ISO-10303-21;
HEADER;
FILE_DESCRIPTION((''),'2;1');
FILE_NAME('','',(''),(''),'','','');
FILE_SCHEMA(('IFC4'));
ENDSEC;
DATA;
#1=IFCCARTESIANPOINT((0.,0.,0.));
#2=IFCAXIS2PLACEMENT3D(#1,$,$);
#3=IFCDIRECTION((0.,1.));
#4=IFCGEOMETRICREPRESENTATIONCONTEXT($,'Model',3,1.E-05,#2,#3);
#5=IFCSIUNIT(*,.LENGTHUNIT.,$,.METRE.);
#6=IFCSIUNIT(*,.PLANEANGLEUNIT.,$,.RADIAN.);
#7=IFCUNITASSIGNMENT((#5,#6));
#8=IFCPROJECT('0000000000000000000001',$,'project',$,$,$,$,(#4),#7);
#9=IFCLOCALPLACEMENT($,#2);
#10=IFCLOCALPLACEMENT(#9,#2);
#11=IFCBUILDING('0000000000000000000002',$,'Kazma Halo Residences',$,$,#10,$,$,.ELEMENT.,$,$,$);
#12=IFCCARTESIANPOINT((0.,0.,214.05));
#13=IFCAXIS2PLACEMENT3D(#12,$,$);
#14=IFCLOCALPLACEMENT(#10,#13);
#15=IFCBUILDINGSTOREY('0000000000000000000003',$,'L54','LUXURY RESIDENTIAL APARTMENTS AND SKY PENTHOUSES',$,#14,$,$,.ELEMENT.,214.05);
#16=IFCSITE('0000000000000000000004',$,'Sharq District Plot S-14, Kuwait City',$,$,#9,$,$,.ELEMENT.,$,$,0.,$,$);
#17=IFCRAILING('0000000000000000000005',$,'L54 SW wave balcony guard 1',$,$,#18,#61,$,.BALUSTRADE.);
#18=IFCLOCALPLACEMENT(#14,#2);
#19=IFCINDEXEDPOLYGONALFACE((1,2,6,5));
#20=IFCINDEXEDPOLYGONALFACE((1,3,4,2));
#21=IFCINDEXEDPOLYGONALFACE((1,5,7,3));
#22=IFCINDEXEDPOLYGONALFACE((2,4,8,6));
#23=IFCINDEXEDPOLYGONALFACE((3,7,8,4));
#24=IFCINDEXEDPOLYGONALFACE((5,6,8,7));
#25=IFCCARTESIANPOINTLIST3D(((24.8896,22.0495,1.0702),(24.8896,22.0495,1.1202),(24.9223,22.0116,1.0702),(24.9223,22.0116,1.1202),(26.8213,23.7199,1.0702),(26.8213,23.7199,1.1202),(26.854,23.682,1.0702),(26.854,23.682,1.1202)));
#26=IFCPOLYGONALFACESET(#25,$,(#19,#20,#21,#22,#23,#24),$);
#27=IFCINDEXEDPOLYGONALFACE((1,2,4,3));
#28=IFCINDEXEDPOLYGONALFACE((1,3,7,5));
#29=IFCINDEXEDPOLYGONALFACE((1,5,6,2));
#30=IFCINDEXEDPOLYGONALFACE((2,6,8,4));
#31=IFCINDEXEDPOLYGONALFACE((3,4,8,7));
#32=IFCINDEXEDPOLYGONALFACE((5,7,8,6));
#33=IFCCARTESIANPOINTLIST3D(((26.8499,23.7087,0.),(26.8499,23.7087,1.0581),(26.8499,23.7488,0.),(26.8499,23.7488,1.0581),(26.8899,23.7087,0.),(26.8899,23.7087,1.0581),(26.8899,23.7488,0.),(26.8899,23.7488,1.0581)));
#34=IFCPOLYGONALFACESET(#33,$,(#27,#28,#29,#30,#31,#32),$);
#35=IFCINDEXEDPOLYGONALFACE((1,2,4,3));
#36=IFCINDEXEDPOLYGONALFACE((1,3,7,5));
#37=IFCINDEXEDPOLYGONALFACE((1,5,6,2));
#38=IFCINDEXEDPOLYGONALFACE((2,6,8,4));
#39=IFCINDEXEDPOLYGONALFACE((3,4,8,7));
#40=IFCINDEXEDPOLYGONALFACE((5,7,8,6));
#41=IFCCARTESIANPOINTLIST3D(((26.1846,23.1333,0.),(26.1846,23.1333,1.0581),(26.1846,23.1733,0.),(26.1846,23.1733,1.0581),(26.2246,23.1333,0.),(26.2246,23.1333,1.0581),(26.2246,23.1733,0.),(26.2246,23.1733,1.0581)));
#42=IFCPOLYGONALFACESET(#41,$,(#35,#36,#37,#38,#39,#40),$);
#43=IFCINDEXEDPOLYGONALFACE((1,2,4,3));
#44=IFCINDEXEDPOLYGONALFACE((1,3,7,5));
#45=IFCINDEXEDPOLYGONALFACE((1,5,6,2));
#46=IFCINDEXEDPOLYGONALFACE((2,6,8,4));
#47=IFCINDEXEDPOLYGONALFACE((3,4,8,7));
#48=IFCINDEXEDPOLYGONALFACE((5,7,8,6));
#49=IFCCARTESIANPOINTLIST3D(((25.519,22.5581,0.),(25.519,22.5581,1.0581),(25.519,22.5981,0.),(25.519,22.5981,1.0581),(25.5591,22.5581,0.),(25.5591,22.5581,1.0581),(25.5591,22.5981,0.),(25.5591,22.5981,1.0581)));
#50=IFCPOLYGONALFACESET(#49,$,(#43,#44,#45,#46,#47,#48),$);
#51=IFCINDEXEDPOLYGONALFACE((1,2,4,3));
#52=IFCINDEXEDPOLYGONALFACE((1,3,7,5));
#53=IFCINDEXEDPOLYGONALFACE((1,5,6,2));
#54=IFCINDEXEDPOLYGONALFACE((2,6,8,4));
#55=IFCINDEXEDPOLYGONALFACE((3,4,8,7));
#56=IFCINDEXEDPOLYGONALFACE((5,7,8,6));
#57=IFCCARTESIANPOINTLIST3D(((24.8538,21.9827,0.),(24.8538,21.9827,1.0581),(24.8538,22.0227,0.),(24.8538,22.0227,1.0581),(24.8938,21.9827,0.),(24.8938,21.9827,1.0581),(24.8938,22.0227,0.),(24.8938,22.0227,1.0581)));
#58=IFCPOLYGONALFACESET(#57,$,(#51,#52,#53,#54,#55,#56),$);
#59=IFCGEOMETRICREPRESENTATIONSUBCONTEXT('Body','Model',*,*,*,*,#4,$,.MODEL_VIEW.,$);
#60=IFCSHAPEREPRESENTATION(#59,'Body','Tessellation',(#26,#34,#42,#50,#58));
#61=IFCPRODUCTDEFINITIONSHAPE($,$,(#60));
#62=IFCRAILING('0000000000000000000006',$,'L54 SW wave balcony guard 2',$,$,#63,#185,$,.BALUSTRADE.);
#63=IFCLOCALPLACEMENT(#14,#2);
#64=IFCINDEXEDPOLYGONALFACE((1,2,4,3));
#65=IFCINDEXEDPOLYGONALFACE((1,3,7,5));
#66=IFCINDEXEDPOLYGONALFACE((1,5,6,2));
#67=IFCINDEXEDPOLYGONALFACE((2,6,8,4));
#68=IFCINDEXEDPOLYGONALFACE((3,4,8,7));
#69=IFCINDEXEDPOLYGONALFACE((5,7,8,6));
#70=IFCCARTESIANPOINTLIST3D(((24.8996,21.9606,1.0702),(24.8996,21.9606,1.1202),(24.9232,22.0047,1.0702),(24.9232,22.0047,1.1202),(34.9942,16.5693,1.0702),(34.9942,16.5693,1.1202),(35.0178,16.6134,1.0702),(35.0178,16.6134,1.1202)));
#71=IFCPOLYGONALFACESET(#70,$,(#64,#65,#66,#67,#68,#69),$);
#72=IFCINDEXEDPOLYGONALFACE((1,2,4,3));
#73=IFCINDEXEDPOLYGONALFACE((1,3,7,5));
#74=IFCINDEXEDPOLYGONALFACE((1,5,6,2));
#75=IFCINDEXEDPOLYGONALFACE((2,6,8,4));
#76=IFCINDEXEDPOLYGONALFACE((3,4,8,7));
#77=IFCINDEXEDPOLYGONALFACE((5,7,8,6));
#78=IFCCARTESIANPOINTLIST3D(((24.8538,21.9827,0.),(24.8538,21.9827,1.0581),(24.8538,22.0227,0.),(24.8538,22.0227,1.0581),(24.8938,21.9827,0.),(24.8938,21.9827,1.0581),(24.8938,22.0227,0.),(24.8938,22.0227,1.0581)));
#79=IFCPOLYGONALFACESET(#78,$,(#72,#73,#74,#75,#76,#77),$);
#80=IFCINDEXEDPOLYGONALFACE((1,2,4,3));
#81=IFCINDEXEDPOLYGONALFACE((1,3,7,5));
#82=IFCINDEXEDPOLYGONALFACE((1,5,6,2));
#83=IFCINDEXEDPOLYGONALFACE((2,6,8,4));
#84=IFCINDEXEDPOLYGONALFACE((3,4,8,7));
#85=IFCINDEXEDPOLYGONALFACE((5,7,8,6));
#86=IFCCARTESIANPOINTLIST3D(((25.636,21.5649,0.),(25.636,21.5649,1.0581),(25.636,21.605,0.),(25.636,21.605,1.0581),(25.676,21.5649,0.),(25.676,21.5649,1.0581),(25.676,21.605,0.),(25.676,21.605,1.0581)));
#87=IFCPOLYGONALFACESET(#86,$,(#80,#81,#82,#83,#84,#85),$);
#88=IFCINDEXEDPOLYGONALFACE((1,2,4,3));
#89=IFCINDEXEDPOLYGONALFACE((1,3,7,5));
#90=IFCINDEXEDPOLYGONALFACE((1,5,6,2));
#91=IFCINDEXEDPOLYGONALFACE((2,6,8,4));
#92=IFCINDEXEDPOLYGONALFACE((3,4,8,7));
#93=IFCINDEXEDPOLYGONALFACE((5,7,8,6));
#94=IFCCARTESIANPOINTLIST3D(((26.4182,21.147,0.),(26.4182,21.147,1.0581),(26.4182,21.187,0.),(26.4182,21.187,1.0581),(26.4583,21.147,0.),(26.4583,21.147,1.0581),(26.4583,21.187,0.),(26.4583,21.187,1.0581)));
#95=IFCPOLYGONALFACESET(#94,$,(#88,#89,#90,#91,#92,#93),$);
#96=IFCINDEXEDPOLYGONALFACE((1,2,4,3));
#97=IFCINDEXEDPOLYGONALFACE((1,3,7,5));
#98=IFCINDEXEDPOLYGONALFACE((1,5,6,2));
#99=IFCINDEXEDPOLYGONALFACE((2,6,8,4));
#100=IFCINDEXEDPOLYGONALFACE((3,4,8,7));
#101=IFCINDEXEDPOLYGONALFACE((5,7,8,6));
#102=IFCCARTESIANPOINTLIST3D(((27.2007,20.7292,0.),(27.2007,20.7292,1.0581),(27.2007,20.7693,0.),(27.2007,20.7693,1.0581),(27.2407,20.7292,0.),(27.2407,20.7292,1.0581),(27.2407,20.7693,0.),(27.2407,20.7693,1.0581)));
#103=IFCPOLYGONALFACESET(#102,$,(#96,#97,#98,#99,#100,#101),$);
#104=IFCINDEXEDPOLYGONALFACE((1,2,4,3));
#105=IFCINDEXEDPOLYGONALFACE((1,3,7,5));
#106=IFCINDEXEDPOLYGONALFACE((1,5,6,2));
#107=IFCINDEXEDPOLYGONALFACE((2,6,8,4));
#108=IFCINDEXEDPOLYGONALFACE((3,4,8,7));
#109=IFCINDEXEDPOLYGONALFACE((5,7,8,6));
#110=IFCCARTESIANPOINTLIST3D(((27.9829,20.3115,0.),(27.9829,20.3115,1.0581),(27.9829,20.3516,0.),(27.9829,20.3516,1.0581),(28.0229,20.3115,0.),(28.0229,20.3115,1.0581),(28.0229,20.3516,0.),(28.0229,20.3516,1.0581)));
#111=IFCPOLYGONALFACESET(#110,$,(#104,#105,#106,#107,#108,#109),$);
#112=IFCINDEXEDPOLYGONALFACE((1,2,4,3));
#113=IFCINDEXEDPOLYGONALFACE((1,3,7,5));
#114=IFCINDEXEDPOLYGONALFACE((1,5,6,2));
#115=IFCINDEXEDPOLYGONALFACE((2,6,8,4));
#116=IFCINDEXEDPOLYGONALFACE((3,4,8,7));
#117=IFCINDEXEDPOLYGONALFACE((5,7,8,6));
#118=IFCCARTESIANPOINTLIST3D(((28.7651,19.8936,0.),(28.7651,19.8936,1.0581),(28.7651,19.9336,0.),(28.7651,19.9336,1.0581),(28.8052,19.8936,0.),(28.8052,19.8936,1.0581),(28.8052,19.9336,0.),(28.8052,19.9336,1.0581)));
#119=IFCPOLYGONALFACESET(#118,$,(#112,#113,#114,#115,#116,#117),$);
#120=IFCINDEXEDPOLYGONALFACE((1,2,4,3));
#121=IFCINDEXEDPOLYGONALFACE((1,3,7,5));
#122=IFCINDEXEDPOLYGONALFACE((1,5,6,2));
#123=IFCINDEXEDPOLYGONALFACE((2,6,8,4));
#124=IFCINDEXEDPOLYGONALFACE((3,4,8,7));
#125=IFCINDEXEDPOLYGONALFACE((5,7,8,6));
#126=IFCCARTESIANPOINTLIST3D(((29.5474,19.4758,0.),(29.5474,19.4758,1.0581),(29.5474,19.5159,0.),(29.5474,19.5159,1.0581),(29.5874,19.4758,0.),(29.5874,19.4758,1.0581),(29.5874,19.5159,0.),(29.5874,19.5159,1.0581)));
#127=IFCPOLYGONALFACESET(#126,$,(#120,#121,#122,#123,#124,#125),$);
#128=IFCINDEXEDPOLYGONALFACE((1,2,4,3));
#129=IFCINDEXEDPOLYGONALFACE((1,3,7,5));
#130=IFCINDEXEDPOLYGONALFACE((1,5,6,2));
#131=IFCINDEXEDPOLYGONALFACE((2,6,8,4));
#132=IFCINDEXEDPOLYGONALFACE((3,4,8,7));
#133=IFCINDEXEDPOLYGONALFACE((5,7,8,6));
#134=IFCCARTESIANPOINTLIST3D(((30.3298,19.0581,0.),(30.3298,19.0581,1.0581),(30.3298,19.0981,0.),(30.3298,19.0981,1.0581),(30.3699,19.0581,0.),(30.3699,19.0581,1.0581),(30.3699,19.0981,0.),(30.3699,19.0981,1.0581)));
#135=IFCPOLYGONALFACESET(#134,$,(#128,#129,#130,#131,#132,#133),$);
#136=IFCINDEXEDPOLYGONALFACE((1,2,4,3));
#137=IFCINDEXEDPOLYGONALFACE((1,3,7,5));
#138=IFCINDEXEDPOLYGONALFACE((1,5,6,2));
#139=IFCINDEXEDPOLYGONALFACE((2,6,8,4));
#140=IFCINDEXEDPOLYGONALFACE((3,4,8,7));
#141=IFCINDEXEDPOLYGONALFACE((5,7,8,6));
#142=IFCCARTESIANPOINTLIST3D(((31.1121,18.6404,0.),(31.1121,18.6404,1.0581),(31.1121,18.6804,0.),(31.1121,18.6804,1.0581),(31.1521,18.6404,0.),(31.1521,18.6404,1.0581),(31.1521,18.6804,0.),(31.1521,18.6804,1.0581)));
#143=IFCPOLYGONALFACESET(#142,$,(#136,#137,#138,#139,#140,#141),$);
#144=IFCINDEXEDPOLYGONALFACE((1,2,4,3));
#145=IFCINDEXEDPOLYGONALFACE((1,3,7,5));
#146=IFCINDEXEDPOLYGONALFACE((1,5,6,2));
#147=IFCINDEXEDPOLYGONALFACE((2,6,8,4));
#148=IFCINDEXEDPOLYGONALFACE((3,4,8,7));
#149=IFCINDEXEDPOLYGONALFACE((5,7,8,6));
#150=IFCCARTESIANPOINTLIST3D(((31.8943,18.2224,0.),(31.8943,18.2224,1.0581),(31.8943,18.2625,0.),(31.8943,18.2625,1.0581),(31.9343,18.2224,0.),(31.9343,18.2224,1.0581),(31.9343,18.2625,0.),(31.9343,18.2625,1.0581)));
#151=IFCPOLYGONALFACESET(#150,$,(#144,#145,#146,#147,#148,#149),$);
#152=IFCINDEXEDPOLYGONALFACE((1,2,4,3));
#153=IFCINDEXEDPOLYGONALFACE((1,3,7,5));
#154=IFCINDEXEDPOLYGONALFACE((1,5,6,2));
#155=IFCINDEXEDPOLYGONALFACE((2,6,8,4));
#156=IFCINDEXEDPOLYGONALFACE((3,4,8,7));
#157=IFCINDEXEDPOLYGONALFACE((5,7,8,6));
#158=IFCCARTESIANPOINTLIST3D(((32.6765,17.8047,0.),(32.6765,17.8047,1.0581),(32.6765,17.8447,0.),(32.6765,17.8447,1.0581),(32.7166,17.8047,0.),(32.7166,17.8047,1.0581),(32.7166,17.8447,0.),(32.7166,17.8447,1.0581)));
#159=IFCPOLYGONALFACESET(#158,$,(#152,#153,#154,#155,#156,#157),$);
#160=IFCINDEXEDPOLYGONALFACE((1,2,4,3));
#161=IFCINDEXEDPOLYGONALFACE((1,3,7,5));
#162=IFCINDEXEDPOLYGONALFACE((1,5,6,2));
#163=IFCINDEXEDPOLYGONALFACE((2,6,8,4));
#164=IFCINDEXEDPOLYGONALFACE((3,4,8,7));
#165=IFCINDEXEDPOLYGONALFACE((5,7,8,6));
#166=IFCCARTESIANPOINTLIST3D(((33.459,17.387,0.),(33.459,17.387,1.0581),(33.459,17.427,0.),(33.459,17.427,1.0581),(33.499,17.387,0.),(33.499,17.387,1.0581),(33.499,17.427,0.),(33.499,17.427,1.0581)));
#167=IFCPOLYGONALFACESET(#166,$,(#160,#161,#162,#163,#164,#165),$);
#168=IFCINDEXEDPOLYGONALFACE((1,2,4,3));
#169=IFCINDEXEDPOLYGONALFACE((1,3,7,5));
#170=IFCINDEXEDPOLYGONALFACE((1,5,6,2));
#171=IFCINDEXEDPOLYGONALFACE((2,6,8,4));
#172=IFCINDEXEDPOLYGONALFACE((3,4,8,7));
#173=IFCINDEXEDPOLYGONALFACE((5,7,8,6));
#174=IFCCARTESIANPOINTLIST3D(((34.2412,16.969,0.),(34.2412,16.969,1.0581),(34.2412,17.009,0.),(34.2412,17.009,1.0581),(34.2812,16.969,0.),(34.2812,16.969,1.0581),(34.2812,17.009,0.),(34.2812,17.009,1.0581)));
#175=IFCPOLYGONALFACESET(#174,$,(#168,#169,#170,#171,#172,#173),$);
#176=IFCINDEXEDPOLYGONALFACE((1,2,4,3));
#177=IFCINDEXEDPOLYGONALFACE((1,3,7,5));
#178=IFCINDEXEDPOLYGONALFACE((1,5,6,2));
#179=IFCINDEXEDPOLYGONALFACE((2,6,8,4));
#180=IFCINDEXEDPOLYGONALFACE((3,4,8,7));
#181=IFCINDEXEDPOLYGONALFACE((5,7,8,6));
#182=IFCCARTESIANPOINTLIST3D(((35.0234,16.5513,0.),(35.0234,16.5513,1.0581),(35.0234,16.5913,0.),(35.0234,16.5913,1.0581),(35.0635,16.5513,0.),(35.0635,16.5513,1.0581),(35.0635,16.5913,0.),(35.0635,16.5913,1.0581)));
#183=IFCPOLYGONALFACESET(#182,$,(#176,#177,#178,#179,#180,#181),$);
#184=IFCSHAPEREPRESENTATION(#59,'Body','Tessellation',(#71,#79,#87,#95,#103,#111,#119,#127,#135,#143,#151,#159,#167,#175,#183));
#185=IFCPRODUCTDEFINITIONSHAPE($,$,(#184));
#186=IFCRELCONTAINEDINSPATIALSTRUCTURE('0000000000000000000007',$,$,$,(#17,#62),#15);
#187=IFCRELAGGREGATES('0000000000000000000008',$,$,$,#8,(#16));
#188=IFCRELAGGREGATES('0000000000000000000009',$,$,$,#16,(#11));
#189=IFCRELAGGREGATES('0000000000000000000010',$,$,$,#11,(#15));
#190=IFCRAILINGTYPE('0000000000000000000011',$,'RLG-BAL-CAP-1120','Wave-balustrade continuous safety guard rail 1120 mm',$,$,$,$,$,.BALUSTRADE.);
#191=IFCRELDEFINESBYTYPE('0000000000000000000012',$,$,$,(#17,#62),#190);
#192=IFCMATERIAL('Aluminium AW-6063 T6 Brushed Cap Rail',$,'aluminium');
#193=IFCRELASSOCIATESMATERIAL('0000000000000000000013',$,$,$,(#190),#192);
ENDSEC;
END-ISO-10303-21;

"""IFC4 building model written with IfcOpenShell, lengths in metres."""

from ifc_helpers import new_model, si_unit, direction, frame, origin, origin_2d, place, context, subcontext, project, spatial, rectangle, extrude, material, type_object, element, save


model = new_model("IFC4")

# Units and contexts
model_context = context("Model", 3, precision=1e-05, world=origin(), true_north=direction((0.0, 1.0)))
body_context = subcontext(model_context, "Body", "Model", "MODEL_VIEW")
ifc_project = project(units=[si_unit("LENGTHUNIT", "METRE"), si_unit("PLANEANGLEUNIT", "RADIAN")], contexts=[model_context])

# Site, building, storey
site_placement = place(None, origin())
site = spatial("IfcSite", under=ifc_project, at=site_placement, Name="Sharq District Plot S-14, Kuwait City", CompositionType="ELEMENT", RefElevation=0.0)
building_placement = place(site_placement, origin())
building = spatial("IfcBuilding", under=site, at=building_placement, Name="Kazma Halo Residences", CompositionType="ELEMENT")
storey_placement = place(building_placement, frame((0.0, 0.0, 214.05)))
storey = spatial("IfcBuildingStorey", under=building, at=storey_placement, Name="L54", Description="LUXURY RESIDENTIAL APARTMENTS AND SKY PENTHOUSES", CompositionType="ELEMENT", Elevation=214.05)

# Railings
ifc_material_1 = material(Name="Aluminium AW-6063 T6 Brushed Cap Rail", Category="aluminium")
railing_type = type_object("IfcRailingType", Name="RLG-BAL-CAP-1120", Description="Wave-balustrade continuous safety guard rail 1120 mm", PredefinedType="BALUSTRADE", material=ifc_material_1)
railing_1_placement = place(storey_placement, frame((26.8699, 23.7288, 0.0)))
element("IfcRailing", 1, at=railing_1_placement, inside=storey, type_object=railing_type, Name="L54 SW wave balcony guard 1", PredefinedType="BALUSTRADE", context=body_context, shape_type="SweptSolid", body=[
    extrude(rectangle(XDim=0.05, YDim=0.05, at=origin_2d()), frame((-0.0322, -0.0278, 1.0952), z_axis=(-0.756415, -0.654092, 0.0), x_axis=(0.654092, -0.756415, 0.0)), (0.0, 0.0, 1.0), 2.5537),
    extrude(rectangle(XDim=0.04, YDim=0.04, at=origin_2d()), origin(), (0.0, 0.0, 1.0), 1.0581),
    extrude(rectangle(XDim=0.04, YDim=0.04, at=origin_2d()), frame((-0.6653, -0.5754, 0.0)), (0.0, 0.0, 1.0), 1.0581),
    extrude(rectangle(XDim=0.04, YDim=0.04, at=origin_2d()), frame((-1.3308, -1.1506, 0.0)), (0.0, 0.0, 1.0), 1.0581),
    extrude(rectangle(XDim=0.04, YDim=0.04, at=origin_2d()), frame((-1.9961, -1.7261, 0.0)), (0.0, 0.0, 1.0), 1.0581),
])
railing_2_placement = place(storey_placement, frame((24.8738, 22.0027, 0.0)))
element("IfcRailing", 2, at=railing_2_placement, inside=storey, type_object=railing_type, Name="L54 SW wave balcony guard 2", PredefinedType="BALUSTRADE", context=body_context, shape_type="SweptSolid", body=[
    extrude(rectangle(XDim=0.05, YDim=0.05, at=origin_2d()), frame((0.0376, -0.02, 1.0952), z_axis=(0.88208, -0.471099, 0.0), x_axis=(0.471099, 0.88208, 0.0)), (0.0, 0.0, 1.0), 11.4441),
    extrude(rectangle(XDim=0.04, YDim=0.04, at=origin_2d()), origin(), (0.0, 0.0, 1.0), 1.0581),
    extrude(rectangle(XDim=0.04, YDim=0.04, at=origin_2d()), frame((0.7822, -0.4177, 0.0)), (0.0, 0.0, 1.0), 1.0581),
    extrude(rectangle(XDim=0.04, YDim=0.04, at=origin_2d()), frame((1.5645, -0.8357, 0.0)), (0.0, 0.0, 1.0), 1.0581),
    extrude(rectangle(XDim=0.04, YDim=0.04, at=origin_2d()), frame((2.3469, -1.2534, 0.0)), (0.0, 0.0, 1.0), 1.0581),
    extrude(rectangle(XDim=0.04, YDim=0.04, at=origin_2d()), frame((3.1292, -1.6711, 0.0)), (0.0, 0.0, 1.0), 1.0581),
    extrude(rectangle(XDim=0.04, YDim=0.04, at=origin_2d()), frame((3.9114, -2.0891, 0.0)), (0.0, 0.0, 1.0), 1.0581),
    extrude(rectangle(XDim=0.04, YDim=0.04, at=origin_2d()), frame((4.6936, -2.5068, 0.0)), (0.0, 0.0, 1.0), 1.0581),
    extrude(rectangle(XDim=0.04, YDim=0.04, at=origin_2d()), frame((5.4761, -2.9246, 0.0)), (0.0, 0.0, 1.0), 1.0581),
    extrude(rectangle(XDim=0.04, YDim=0.04, at=origin_2d()), frame((6.2583, -3.3423, 0.0)), (0.0, 0.0, 1.0), 1.0581),
    extrude(rectangle(XDim=0.04, YDim=0.04, at=origin_2d()), frame((7.0405, -3.7603, 0.0)), (0.0, 0.0, 1.0), 1.0581),
    extrude(rectangle(XDim=0.04, YDim=0.04, at=origin_2d()), frame((7.8228, -4.178, 0.0)), (0.0, 0.0, 1.0), 1.0581),
    extrude(rectangle(XDim=0.04, YDim=0.04, at=origin_2d()), frame((8.6052, -4.5957, 0.0)), (0.0, 0.0, 1.0), 1.0581),
    extrude(rectangle(XDim=0.04, YDim=0.04, at=origin_2d()), frame((9.3875, -5.0137, 0.0)), (0.0, 0.0, 1.0), 1.0581),
    extrude(rectangle(XDim=0.04, YDim=0.04, at=origin_2d()), frame((10.1697, -5.4314, 0.0)), (0.0, 0.0, 1.0), 1.0581),
])

save(model, "model.ifc")
